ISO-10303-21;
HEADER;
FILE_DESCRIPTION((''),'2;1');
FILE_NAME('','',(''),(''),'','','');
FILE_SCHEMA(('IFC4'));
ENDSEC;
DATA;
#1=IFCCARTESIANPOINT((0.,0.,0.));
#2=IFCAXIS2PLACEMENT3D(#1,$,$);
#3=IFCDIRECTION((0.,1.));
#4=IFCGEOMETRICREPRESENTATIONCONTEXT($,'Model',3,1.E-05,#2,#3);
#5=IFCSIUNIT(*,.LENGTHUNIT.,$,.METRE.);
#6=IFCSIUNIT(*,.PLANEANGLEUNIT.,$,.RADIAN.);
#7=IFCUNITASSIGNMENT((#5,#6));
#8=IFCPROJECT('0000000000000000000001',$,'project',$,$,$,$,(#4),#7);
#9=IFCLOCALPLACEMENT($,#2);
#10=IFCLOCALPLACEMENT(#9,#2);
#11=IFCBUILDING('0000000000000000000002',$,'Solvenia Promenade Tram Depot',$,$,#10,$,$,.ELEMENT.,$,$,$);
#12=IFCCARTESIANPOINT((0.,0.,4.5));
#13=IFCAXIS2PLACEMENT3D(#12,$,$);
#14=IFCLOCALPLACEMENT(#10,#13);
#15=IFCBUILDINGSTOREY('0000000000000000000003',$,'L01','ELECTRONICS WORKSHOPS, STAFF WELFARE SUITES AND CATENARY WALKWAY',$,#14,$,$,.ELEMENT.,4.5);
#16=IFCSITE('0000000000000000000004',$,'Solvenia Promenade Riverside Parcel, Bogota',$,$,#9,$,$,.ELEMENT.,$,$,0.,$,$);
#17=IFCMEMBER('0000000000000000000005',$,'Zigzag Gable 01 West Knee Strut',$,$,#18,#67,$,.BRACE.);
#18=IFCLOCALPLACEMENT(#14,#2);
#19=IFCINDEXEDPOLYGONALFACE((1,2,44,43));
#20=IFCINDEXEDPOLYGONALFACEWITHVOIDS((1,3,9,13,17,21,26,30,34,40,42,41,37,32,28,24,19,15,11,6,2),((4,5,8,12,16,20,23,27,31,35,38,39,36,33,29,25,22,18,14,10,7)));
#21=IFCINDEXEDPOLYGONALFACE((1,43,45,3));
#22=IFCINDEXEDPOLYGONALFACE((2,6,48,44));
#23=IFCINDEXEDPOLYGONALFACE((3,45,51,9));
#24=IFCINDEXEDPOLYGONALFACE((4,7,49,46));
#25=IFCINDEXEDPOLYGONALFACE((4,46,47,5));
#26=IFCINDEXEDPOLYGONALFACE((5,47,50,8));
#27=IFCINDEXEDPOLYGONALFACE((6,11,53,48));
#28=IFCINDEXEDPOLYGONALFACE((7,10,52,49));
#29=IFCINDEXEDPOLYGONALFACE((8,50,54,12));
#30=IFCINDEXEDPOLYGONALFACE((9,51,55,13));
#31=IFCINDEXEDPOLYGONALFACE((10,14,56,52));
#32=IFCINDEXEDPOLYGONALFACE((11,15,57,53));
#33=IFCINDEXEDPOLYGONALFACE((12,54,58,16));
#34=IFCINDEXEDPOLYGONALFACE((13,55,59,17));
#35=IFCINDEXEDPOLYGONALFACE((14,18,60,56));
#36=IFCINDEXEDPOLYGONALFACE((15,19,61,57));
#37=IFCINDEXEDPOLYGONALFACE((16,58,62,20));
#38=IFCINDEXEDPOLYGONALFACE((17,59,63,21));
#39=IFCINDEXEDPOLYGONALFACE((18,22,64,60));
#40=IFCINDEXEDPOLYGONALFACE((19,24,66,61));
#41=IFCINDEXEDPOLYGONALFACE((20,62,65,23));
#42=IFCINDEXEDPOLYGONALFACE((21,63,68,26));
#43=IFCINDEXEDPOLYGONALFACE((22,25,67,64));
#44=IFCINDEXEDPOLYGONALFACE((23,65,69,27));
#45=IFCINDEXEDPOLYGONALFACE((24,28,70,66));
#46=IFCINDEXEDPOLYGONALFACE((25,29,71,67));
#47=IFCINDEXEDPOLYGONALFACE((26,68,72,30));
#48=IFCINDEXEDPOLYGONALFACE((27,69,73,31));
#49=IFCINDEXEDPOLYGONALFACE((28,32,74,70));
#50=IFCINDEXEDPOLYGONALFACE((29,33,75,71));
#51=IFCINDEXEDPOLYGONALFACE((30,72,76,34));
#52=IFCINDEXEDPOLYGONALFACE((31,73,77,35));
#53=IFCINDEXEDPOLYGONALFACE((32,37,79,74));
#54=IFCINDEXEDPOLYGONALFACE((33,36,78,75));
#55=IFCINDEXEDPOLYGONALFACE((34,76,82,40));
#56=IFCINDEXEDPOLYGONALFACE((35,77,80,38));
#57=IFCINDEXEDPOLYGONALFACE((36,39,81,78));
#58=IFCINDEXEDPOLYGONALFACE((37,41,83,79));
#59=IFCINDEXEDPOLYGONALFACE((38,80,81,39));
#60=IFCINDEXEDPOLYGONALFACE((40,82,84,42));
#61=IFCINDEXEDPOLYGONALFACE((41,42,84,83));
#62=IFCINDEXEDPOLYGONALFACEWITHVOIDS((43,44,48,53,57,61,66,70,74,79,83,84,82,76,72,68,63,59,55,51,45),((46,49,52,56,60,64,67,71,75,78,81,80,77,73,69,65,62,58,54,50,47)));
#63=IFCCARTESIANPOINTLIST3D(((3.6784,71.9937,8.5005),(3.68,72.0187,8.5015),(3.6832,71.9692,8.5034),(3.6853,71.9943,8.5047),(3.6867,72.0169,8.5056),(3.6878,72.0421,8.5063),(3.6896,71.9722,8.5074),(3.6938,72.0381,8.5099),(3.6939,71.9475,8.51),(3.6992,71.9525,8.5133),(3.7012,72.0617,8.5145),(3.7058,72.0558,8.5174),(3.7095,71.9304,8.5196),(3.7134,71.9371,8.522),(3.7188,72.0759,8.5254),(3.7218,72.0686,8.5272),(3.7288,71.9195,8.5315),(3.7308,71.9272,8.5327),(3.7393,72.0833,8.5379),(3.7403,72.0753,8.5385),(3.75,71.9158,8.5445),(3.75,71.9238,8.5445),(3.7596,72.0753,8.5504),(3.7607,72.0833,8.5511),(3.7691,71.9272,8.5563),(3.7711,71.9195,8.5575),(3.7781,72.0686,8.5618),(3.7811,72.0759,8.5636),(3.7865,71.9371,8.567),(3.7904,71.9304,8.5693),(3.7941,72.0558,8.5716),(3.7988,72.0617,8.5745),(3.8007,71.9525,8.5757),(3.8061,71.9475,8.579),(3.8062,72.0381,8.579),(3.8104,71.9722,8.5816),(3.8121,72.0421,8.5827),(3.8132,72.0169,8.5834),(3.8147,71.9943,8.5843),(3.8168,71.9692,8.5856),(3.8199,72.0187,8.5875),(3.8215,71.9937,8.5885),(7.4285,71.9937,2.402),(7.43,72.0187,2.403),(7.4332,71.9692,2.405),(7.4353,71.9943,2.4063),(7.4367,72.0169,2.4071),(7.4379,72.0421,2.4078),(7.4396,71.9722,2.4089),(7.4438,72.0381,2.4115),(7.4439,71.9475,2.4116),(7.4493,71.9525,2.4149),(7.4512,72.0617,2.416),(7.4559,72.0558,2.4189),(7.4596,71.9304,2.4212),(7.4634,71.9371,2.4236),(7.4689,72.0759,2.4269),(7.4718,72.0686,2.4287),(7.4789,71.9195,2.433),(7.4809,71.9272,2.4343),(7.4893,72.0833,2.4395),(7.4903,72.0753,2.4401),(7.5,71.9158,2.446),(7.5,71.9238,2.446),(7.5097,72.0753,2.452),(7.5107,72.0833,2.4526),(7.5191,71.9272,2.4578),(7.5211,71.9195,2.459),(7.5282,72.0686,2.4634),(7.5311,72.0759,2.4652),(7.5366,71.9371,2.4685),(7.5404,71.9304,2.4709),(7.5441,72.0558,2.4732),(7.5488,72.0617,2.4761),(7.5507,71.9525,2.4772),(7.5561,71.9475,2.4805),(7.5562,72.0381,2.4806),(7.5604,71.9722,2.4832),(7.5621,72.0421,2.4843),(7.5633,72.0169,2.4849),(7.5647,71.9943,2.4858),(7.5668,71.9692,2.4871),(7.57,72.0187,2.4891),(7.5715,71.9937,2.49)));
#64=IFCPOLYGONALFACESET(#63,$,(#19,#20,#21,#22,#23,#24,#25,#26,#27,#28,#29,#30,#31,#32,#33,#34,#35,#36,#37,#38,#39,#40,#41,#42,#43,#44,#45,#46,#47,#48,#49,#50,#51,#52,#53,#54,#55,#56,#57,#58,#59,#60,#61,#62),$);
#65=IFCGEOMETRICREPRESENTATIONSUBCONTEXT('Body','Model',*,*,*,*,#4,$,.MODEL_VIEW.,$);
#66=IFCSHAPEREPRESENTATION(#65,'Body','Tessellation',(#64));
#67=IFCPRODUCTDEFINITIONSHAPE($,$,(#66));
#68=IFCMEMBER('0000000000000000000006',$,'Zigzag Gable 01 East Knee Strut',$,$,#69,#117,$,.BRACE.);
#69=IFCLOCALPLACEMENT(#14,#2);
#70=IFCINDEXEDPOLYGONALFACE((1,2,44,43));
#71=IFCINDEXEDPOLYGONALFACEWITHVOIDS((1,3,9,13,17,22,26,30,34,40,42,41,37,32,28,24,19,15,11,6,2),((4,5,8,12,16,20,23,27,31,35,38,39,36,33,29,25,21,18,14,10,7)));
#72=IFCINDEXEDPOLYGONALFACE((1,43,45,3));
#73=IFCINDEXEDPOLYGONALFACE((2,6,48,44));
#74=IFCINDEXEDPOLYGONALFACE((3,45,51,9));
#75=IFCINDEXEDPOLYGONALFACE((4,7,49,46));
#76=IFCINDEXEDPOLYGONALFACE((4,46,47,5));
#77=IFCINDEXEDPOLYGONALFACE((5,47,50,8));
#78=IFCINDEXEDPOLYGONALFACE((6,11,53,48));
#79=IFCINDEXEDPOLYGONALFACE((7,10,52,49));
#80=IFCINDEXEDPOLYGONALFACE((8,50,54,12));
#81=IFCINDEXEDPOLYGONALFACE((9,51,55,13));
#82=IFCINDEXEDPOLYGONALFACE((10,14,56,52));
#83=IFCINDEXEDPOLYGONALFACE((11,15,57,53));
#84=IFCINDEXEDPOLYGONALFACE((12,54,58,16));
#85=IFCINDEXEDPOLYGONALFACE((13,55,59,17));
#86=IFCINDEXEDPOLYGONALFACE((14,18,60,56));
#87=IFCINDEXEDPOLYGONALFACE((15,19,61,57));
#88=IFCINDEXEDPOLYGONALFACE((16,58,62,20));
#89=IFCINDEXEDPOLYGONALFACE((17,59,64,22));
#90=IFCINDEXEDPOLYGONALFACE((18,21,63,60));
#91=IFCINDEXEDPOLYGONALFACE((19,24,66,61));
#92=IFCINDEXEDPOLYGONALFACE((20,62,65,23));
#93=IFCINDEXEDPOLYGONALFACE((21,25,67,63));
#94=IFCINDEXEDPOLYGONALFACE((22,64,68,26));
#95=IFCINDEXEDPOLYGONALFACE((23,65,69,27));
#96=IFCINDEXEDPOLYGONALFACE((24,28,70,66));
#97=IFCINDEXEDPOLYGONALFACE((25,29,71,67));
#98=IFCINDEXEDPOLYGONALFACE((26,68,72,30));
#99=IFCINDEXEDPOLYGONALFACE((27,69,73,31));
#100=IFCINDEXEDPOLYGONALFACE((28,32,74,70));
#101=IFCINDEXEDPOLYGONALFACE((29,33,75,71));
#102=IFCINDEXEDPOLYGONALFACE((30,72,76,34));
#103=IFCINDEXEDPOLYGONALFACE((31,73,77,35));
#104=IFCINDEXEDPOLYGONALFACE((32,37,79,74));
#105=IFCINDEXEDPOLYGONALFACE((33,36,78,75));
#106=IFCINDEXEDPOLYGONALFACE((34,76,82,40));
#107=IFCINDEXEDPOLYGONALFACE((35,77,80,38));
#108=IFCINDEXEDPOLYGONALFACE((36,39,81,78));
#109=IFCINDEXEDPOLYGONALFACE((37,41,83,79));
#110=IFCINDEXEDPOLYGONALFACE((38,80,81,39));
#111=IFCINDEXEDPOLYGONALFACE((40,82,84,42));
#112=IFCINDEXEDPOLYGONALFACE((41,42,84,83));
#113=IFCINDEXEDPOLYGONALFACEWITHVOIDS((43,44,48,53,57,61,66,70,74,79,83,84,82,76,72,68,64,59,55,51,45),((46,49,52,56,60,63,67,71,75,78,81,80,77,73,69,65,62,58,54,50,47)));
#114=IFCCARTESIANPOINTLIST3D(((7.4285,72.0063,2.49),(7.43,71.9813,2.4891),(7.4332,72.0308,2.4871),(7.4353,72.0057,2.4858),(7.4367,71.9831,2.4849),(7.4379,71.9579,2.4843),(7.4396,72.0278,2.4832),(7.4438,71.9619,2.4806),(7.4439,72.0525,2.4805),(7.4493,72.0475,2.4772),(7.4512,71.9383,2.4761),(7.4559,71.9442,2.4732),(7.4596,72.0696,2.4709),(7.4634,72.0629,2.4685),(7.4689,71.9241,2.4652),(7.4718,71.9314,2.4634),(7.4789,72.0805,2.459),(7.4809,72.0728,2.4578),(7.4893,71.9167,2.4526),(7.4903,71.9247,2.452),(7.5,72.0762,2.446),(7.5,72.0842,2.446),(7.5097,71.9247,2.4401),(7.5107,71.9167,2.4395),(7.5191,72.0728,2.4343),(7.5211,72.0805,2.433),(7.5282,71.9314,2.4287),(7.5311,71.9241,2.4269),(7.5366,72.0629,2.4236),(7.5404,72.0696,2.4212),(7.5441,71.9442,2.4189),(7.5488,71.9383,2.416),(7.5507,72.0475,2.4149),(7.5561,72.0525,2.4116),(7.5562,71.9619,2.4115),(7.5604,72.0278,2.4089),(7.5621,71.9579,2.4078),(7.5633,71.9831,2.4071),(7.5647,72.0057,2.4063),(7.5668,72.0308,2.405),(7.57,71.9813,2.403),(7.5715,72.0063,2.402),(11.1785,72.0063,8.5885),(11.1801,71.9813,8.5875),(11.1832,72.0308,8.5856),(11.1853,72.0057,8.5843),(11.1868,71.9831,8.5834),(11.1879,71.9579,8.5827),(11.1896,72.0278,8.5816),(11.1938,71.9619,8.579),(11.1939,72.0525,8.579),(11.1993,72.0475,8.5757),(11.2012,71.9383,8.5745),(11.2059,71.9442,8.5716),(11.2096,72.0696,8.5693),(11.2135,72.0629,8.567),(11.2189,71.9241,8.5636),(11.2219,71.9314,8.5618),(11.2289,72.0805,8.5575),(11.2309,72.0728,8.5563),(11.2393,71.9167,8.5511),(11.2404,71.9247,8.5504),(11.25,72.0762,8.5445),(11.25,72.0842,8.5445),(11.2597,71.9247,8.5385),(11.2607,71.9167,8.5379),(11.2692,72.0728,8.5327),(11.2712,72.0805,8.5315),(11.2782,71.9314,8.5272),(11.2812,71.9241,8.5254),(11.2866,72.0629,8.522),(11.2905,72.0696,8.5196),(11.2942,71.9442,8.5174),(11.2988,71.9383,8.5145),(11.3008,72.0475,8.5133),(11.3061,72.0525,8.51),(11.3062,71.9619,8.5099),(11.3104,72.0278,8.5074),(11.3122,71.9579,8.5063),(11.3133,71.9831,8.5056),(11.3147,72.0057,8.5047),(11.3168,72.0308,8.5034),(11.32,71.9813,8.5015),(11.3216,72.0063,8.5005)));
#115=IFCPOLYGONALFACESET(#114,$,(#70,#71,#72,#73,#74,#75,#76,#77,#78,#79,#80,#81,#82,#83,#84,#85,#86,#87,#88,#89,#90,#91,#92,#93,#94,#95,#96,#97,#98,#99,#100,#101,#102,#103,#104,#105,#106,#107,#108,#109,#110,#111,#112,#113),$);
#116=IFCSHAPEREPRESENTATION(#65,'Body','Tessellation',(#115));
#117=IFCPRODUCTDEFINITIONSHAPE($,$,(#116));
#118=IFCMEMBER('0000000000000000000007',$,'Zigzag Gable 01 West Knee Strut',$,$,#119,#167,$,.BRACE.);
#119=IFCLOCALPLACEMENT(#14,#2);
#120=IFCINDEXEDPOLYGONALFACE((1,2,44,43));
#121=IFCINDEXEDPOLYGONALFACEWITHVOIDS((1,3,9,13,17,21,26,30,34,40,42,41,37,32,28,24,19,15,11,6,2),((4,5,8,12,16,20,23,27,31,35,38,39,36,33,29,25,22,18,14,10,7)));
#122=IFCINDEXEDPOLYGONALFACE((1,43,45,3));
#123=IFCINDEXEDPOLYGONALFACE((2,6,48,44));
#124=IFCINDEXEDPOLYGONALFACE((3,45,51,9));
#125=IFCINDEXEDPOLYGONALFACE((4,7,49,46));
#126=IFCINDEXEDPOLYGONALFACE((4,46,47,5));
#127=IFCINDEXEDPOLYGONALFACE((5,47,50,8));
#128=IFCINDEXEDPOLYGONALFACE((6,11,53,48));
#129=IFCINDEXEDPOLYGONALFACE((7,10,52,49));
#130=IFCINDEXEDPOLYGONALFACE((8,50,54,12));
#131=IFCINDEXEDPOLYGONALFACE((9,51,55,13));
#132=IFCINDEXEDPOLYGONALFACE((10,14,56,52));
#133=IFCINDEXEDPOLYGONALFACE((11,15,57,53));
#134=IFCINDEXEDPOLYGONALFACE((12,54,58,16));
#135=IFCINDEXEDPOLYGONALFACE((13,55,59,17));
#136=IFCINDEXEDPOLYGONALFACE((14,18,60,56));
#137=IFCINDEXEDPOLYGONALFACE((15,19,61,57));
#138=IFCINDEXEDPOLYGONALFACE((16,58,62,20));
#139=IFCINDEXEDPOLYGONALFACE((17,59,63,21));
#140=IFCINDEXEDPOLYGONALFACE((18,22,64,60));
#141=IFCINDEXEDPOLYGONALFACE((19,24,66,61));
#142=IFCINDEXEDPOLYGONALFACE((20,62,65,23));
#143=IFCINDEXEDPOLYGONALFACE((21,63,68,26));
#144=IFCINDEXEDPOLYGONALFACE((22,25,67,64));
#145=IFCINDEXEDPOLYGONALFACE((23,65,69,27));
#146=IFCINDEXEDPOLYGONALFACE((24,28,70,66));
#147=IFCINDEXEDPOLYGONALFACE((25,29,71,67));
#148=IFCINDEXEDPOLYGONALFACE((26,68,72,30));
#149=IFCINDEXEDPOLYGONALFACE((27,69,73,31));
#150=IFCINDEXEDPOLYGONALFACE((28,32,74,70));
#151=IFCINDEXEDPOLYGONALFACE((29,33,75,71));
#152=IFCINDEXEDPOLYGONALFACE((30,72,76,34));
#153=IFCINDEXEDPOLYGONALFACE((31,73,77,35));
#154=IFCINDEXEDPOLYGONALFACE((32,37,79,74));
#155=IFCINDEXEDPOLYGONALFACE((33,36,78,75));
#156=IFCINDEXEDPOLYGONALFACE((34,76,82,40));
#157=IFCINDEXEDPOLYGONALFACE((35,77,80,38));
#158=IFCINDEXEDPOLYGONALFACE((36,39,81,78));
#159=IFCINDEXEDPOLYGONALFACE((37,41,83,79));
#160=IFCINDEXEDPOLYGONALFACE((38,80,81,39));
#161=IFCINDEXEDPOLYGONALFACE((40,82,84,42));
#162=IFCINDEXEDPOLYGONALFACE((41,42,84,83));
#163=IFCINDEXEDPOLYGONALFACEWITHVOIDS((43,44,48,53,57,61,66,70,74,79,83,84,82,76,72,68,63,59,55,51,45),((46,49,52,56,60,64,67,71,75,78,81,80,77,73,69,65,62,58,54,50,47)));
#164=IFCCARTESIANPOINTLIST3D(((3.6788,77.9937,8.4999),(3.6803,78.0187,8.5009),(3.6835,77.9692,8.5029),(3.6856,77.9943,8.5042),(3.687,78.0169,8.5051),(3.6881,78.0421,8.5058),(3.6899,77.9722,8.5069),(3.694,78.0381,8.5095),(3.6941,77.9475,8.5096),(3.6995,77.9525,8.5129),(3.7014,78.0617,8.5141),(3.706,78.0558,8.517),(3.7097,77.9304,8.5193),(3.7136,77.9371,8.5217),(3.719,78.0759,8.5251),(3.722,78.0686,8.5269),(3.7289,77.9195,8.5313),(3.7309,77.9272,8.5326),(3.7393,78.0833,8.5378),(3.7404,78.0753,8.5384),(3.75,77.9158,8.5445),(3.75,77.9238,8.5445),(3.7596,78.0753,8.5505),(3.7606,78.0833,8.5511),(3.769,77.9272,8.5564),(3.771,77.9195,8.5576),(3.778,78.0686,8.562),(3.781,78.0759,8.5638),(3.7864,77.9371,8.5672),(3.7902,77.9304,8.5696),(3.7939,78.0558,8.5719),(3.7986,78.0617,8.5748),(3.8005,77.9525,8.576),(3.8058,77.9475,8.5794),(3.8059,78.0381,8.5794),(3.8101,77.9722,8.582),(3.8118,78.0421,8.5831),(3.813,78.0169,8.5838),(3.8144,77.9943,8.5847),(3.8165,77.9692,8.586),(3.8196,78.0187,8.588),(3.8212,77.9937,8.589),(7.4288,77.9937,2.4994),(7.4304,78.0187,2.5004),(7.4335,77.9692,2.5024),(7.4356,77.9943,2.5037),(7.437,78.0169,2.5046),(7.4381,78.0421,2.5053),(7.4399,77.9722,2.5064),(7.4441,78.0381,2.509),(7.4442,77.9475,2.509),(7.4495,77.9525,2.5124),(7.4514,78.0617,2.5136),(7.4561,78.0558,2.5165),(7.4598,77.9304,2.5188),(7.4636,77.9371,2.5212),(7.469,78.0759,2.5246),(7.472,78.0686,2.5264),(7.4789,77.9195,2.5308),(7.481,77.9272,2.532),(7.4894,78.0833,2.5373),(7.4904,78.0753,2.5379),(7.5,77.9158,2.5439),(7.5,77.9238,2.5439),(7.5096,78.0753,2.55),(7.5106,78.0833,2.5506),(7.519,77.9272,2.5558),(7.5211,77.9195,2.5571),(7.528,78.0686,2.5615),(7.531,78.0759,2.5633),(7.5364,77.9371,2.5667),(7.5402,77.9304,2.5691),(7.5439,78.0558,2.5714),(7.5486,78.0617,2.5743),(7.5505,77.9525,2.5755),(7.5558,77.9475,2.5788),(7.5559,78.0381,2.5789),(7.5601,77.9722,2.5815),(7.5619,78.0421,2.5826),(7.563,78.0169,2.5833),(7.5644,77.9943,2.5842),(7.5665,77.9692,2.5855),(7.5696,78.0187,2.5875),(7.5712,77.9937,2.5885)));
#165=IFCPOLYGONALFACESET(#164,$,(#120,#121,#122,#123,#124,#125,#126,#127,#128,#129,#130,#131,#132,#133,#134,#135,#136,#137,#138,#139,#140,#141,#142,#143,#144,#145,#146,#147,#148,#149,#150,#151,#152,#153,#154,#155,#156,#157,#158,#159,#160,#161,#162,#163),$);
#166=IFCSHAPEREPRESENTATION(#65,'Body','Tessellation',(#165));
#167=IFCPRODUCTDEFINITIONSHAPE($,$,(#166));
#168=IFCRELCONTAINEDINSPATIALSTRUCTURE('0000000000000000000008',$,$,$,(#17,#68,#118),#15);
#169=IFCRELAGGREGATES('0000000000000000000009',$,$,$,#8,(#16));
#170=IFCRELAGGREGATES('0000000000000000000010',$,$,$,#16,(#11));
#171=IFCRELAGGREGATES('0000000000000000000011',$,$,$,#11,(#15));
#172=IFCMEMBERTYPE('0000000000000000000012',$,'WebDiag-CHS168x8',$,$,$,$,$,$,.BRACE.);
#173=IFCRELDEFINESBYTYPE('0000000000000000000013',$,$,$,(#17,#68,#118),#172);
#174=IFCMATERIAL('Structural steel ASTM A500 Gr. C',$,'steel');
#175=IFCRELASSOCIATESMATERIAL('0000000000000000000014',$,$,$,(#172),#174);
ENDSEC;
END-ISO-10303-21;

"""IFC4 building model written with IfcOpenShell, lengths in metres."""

from ifc_helpers import new_model, si_unit, direction, frame, origin, origin_2d, place, context, subcontext, project, spatial, hollow_circle, extrude, material, material_profile, profile_set, type_object, element, save


model = new_model("IFC4")

# Units and contexts
model_context = context("Model", 3, precision=1e-05, world=origin(), true_north=direction((0.0, 1.0)))
body_context = subcontext(model_context, "Body", "Model", "MODEL_VIEW")
ifc_project = project(units=[si_unit("LENGTHUNIT", "METRE"), si_unit("PLANEANGLEUNIT", "RADIAN")], contexts=[model_context])

# Site, building, storey
site_placement = place(None, origin())
site = spatial("IfcSite", under=ifc_project, at=site_placement, Name="Solvenia Promenade Riverside Parcel, Bogota", CompositionType="ELEMENT", RefElevation=0.0)
building_placement = place(site_placement, origin())
building = spatial("IfcBuilding", under=site, at=building_placement, Name="Solvenia Promenade Tram Depot", CompositionType="ELEMENT")
storey_placement = place(building_placement, frame((0.0, 0.0, 4.5)))
storey = spatial("IfcBuildingStorey", under=building, at=storey_placement, Name="L01", Description="ELECTRONICS WORKSHOPS, STAFF WELFARE SUITES AND CATENARY WALKWAY", CompositionType="ELEMENT", Elevation=4.5)

# Shared definitions
ifc_material_1 = material(Name="Structural steel ASTM A500 Gr. C", Category="steel")

# Members
ifc_material_profile_1 = material_profile(ifc_material_1, hollow_circle(Radius=0.0842, WallThickness=0.0081, at=origin_2d()), Name="CHS168.3x8", Category="steel")
ifc_profile_set_1 = profile_set([ifc_material_profile_1], Name="Structural steel ASTM A500 Gr. C")
member_type_1 = type_object("IfcMemberType", Name="WebDiag-CHS168x8", PredefinedType="BRACE", material=ifc_profile_set_1)
for number, where, z_axis, x_axis, name in (
    (1, (7.5, 72.0, 2.446), (-0.523808, 0.0, 0.851836), (0.0, -1.0, 0.0), "Zigzag Gable 01 West Knee Strut"),
    (2, (7.5, 72.0, 2.446), (0.523808, 0.0, 0.851836), (0.0, 1.0, 0.0), "Zigzag Gable 01 East Knee Strut"),
):
    element("IfcMember", number, at=place(storey_placement, frame(where, z_axis=z_axis, x_axis=x_axis)), inside=storey, type_object=member_type_1, Name=name, PredefinedType="BRACE", context=body_context, shape_type="SweptSolid", body=[
        extrude(hollow_circle(Radius=0.0842, WallThickness=0.0081, at=origin_2d()), origin(), (0.0, 0.0, 1.0), 7.1592),
    ])
for number, where, z_axis, x_axis, name in (
    (3, (7.5, 78.0, 2.5439), (-0.529968, 0.0, 0.848018), (0.0, -1.0, 0.0), "Zigzag Gable 01 West Knee Strut"),
):
    element("IfcMember", number, at=place(storey_placement, frame(where, z_axis=z_axis, x_axis=x_axis)), inside=storey, type_object=member_type_1, Name=name, PredefinedType="BRACE", context=body_context, shape_type="SweptSolid", body=[
        extrude(hollow_circle(Radius=0.0842, WallThickness=0.0081, at=origin_2d()), origin(), (0.0, 0.0, 1.0), 7.0759),
    ])

save(model, "model.ifc")
